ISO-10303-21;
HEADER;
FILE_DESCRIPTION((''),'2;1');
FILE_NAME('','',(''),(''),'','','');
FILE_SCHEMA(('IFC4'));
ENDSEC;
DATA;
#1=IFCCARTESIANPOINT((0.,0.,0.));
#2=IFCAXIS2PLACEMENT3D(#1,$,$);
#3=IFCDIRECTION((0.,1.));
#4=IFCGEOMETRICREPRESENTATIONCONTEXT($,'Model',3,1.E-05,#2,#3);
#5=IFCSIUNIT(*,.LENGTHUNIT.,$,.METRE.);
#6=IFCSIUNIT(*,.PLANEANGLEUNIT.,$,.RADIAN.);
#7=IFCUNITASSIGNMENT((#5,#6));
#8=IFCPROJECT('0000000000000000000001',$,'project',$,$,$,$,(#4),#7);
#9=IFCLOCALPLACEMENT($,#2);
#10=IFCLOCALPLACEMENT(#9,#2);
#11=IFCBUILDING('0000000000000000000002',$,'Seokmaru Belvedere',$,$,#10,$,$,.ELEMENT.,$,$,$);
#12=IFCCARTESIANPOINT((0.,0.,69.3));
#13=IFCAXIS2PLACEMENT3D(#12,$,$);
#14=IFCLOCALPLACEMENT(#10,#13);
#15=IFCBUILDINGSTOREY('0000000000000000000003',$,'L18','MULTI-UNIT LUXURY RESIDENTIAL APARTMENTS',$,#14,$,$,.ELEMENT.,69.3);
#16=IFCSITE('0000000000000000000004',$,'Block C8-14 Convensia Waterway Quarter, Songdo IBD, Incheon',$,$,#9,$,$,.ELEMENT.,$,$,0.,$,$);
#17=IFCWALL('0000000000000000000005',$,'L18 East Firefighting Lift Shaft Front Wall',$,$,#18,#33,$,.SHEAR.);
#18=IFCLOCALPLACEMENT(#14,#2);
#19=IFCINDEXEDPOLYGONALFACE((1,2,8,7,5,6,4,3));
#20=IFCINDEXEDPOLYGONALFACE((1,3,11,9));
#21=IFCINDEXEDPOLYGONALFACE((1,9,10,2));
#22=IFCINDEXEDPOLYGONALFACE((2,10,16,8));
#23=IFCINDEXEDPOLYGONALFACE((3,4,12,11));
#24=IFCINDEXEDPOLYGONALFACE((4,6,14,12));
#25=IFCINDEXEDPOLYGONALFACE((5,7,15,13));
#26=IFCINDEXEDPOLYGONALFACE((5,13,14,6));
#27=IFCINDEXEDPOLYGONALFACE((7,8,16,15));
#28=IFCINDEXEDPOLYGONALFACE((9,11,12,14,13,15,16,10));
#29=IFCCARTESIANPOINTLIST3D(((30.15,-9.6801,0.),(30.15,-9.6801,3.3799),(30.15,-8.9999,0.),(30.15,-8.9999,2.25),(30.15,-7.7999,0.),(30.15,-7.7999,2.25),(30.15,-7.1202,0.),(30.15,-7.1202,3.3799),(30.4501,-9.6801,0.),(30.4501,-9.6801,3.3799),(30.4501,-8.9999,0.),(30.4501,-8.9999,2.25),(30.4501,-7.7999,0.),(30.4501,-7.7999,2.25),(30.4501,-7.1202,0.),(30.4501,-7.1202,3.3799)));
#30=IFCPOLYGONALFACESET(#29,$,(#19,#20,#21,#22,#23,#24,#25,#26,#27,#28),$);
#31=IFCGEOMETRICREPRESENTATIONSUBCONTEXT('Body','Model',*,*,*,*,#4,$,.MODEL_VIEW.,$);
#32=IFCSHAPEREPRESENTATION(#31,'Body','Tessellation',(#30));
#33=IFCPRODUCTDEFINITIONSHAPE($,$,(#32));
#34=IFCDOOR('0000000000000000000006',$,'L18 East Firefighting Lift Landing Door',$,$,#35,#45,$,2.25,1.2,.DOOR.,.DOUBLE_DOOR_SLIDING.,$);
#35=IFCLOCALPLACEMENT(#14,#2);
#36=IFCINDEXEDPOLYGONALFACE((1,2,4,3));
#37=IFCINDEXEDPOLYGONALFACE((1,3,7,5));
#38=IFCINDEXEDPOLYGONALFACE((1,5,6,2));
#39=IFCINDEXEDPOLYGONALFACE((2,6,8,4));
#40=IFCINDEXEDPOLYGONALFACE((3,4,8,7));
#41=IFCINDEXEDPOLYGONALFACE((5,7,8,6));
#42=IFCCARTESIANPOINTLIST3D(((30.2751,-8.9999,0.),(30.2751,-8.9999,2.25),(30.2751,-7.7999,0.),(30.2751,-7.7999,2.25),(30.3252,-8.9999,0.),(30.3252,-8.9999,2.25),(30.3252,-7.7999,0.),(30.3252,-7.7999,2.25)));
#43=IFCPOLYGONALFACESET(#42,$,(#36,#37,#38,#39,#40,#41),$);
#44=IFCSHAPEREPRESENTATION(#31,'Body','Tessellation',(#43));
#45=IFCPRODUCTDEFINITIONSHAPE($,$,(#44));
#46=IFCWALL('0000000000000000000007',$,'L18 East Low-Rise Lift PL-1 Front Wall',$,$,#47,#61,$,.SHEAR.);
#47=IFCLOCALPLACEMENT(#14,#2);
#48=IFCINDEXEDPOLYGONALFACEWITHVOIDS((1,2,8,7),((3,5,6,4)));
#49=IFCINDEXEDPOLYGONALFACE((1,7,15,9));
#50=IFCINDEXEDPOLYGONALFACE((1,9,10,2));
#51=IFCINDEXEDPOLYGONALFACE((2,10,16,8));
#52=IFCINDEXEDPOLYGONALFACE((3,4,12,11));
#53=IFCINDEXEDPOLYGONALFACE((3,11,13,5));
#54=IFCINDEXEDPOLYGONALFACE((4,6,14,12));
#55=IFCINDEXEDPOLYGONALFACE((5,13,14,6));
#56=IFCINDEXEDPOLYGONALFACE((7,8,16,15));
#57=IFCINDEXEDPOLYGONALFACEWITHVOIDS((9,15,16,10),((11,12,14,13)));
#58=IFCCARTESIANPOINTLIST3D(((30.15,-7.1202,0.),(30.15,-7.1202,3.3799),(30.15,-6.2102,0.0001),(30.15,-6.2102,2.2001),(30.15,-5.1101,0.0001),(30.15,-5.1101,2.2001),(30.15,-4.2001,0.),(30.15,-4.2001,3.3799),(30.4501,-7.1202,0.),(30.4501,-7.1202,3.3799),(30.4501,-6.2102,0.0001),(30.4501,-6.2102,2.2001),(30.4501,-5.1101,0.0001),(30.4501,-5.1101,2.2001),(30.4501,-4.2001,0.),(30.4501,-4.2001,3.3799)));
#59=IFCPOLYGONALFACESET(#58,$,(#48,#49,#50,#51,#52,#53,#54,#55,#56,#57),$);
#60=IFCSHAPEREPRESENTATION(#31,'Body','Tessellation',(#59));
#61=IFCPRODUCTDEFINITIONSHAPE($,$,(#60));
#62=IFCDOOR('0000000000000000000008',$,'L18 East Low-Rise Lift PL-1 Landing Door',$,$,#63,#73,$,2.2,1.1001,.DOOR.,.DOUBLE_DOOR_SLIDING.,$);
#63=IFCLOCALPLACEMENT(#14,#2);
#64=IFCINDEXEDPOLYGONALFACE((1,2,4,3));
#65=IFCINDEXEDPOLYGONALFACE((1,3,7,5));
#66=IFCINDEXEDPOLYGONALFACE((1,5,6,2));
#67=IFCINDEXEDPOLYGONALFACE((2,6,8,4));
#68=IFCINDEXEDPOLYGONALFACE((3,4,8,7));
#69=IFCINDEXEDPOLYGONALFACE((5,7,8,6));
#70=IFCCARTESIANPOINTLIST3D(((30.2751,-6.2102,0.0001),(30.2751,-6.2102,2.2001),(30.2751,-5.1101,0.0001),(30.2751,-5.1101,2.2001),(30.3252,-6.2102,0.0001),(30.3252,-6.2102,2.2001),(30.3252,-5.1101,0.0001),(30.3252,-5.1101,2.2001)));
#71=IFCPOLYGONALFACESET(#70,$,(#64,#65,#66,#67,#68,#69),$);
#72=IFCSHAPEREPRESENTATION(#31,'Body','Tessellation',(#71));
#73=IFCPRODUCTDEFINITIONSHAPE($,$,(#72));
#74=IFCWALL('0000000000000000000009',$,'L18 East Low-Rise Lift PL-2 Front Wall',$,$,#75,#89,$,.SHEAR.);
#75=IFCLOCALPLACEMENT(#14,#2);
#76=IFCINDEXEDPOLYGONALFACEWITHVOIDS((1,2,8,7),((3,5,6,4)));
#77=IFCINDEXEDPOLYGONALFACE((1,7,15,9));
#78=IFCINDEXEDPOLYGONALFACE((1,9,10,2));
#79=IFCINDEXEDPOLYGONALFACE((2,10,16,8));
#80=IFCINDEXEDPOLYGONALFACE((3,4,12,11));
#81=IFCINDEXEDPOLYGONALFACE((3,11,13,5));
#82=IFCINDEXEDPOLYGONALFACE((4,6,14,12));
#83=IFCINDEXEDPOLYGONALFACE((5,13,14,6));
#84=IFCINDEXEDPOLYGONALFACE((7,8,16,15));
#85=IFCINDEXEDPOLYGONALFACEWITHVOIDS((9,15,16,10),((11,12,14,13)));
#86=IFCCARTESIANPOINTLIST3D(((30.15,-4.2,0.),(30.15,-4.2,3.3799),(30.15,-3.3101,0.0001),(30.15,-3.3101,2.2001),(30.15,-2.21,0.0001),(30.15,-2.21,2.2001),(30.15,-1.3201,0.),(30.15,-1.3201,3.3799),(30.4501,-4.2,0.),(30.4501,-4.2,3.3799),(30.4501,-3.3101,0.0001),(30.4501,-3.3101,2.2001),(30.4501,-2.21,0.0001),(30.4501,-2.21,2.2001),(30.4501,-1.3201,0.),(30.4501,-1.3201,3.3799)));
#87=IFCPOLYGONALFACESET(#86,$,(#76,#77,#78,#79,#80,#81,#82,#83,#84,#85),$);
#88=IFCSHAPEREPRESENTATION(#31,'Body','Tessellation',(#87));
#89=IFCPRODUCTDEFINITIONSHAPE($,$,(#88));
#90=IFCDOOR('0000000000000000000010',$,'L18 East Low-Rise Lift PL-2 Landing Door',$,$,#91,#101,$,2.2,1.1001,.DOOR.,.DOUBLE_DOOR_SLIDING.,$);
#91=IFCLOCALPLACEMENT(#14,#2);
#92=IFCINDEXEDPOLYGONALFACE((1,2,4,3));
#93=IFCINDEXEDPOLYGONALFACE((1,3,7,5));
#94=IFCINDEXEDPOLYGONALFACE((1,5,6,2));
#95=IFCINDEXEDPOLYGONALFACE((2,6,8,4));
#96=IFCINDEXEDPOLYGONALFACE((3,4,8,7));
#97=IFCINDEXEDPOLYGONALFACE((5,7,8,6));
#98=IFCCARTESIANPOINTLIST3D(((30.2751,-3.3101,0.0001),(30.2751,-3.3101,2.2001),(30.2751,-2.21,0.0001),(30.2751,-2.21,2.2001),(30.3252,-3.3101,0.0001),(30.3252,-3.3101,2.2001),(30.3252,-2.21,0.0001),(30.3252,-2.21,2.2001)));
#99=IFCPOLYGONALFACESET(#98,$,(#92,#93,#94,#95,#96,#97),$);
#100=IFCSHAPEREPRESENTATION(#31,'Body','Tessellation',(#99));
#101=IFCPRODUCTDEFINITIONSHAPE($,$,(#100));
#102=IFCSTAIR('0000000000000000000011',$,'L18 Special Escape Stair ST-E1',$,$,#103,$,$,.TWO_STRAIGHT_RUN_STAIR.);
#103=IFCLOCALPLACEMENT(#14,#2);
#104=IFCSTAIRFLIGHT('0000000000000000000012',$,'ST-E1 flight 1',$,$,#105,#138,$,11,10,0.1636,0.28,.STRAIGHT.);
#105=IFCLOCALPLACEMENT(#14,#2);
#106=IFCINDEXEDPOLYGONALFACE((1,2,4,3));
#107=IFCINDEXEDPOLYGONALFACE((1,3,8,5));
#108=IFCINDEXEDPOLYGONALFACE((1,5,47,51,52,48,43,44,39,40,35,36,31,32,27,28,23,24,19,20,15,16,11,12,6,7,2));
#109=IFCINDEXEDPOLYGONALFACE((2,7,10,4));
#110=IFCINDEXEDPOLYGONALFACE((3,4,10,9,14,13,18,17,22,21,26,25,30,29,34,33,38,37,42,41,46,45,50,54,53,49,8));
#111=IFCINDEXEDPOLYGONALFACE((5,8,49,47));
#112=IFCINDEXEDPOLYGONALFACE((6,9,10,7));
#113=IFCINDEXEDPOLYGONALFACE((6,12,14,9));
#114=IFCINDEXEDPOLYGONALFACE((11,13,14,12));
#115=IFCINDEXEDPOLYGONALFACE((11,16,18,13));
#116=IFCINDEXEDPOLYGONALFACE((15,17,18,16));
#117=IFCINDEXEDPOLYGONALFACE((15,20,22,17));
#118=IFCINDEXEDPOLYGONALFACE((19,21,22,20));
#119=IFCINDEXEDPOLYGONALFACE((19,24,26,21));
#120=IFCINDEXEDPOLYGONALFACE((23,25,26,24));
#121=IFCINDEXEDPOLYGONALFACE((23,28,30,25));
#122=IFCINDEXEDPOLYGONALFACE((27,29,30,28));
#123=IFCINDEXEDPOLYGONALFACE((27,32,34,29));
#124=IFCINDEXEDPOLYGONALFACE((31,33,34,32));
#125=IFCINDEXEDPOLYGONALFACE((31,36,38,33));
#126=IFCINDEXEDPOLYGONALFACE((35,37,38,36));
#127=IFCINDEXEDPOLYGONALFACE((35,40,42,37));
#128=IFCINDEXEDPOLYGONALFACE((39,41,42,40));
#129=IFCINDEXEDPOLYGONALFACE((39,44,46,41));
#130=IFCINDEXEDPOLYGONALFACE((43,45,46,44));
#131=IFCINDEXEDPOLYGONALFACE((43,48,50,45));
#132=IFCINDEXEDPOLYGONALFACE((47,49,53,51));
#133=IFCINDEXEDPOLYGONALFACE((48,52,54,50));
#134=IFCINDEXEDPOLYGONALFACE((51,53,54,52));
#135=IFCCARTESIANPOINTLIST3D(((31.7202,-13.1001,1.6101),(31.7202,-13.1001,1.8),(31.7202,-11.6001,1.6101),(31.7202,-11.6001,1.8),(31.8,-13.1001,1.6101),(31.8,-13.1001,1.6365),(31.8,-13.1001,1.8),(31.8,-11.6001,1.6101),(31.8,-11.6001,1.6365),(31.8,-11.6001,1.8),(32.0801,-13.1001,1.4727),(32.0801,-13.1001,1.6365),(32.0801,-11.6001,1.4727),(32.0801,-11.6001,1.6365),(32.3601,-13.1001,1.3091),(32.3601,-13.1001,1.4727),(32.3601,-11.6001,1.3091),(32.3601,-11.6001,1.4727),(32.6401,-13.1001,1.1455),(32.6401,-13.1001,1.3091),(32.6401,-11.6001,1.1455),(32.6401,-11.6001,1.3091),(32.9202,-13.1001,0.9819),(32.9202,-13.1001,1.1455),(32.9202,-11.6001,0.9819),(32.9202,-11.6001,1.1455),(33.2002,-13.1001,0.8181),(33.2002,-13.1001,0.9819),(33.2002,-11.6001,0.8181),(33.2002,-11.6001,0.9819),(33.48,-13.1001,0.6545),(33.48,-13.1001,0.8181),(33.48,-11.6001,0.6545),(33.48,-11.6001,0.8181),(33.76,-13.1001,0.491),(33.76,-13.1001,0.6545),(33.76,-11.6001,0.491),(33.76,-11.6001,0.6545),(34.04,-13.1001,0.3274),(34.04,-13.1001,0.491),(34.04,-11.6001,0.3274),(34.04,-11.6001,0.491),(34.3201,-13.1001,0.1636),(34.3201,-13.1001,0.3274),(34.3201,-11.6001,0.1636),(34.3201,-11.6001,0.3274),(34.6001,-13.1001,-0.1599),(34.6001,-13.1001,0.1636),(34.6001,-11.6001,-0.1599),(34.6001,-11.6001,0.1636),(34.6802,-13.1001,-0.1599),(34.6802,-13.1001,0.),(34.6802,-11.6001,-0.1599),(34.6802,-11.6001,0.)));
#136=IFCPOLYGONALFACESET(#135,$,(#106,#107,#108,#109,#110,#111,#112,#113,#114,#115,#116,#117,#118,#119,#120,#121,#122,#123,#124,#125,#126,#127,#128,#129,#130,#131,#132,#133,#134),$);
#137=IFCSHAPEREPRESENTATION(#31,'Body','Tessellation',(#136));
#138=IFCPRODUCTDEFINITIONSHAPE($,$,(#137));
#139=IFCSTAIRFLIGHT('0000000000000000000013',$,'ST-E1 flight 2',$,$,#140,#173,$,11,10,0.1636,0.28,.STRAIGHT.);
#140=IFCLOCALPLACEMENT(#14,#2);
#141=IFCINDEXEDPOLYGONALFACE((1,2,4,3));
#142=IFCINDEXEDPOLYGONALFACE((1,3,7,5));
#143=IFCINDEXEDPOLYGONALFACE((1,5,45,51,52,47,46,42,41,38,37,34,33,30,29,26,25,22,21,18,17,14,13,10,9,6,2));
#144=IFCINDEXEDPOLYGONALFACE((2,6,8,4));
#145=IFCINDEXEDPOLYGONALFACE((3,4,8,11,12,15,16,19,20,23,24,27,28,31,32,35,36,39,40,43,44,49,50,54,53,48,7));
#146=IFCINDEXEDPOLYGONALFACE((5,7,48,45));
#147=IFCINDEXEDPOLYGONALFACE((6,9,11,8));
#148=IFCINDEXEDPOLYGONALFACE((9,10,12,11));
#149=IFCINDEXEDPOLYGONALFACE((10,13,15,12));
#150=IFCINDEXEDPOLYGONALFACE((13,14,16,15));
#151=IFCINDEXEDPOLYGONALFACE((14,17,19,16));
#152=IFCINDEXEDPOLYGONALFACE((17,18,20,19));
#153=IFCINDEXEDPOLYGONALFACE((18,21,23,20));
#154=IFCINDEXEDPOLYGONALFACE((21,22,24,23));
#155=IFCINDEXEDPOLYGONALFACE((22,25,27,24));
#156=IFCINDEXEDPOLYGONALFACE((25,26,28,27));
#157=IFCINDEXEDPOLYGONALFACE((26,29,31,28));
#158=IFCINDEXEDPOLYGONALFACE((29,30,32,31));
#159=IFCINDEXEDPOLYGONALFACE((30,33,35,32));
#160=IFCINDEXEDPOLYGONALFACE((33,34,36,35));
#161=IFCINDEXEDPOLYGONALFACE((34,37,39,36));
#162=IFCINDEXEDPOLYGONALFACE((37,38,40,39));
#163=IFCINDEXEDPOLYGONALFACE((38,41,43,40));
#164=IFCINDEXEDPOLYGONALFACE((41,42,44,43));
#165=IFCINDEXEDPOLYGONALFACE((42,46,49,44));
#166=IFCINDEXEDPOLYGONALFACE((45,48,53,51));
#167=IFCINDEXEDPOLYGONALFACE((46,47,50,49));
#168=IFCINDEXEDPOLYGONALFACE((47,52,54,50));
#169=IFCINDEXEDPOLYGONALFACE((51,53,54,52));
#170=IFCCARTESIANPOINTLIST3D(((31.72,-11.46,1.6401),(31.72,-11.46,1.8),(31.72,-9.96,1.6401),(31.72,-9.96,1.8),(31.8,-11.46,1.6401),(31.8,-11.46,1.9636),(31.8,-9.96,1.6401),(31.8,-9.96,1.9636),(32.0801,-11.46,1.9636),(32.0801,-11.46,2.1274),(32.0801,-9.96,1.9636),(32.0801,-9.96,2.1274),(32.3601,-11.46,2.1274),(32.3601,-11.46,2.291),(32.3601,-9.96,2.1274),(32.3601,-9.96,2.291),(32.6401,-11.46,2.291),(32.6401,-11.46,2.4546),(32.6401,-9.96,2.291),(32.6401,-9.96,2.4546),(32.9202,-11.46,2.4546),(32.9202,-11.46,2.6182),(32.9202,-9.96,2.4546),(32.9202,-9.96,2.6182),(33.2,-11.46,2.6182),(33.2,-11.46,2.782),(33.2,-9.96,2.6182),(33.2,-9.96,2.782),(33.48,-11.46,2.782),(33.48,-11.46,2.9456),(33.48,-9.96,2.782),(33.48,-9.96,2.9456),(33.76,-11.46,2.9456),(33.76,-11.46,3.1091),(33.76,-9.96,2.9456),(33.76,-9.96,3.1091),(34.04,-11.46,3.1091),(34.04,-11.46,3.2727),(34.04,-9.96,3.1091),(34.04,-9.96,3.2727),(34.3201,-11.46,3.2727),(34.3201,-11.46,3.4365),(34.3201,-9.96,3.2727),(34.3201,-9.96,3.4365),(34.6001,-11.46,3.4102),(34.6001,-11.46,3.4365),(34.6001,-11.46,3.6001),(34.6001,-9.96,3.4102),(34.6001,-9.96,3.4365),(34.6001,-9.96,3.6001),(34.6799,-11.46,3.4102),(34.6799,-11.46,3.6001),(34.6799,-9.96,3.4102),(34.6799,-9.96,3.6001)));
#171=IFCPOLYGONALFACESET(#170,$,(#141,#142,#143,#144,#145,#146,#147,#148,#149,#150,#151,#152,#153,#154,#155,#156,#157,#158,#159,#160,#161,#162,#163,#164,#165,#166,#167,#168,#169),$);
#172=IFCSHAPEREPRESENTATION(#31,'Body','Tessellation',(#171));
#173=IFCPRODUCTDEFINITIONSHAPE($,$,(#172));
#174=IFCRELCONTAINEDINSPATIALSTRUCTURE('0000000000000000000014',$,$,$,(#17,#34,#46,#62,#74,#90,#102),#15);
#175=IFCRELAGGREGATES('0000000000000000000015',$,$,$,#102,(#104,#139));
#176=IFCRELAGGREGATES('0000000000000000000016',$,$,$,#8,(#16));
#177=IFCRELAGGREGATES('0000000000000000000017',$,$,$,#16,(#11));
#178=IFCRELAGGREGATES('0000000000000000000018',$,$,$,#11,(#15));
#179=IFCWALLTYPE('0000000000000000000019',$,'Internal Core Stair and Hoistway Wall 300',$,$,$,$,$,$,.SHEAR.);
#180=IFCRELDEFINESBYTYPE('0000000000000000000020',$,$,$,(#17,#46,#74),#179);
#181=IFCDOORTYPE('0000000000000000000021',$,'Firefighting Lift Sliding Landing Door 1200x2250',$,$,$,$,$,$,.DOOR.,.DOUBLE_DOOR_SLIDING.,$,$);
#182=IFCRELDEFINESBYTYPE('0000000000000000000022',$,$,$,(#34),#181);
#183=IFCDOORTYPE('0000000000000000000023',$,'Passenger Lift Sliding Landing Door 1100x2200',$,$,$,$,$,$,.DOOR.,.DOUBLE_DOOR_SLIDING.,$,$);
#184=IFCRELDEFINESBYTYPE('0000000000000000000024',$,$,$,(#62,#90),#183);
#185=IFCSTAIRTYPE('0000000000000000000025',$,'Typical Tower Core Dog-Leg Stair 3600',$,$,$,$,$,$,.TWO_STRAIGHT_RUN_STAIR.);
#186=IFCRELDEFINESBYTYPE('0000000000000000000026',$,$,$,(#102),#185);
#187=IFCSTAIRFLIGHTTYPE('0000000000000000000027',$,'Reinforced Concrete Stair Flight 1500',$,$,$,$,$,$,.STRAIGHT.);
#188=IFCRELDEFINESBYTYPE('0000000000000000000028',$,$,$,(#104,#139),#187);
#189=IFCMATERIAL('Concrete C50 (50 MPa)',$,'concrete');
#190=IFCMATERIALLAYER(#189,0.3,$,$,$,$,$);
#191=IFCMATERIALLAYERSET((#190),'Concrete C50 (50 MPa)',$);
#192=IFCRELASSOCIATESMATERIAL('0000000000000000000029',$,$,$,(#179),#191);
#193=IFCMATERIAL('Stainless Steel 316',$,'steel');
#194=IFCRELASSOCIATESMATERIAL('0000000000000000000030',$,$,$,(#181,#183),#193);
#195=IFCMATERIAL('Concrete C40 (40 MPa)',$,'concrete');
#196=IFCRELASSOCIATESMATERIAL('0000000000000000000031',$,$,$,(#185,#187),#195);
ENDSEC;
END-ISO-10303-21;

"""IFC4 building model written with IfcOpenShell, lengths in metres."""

from ifc_helpers import new_model, si_unit, direction, frame, frame_2d, origin, place, context, subcontext, project, spatial, polyline, rectangle, outline, extrude, source, transform, mapped, material, layer, layer_set, type_object, type_shapes, element, fill, aggregate, save


model = new_model("IFC4")

# Units and contexts
model_context = context("Model", 3, precision=1e-05, world=origin(), true_north=direction((0.0, 1.0)))
body_context = subcontext(model_context, "Body", "Model", "MODEL_VIEW")
ifc_project = project(units=[si_unit("LENGTHUNIT", "METRE"), si_unit("PLANEANGLEUNIT", "RADIAN")], contexts=[model_context])

# Site, building, storey
site_placement = place(None, origin())
site = spatial("IfcSite", under=ifc_project, at=site_placement, Name="Block C8-14 Convensia Waterway Quarter, Songdo IBD, Incheon", CompositionType="ELEMENT", RefElevation=0.0)
building_placement = place(site_placement, origin())
building = spatial("IfcBuilding", under=site, at=building_placement, Name="Seokmaru Belvedere", CompositionType="ELEMENT")
storey_placement = place(building_placement, frame((0.0, 0.0, 69.3)))
storey = spatial("IfcBuildingStorey", under=building, at=storey_placement, Name="L18", Description="MULTI-UNIT LUXURY RESIDENTIAL APARTMENTS", CompositionType="ELEMENT", Elevation=69.3)

# Walls, openings, doors
ifc_material_1 = material(Name="Concrete C50 (50 MPa)", Category="concrete")
ifc_layer_1 = layer(ifc_material_1, 0.3)
ifc_layer_set_1 = layer_set([ifc_layer_1], Name="Concrete C50 (50 MPa)")
wall_type_1 = type_object("IfcWallType", Name="Internal Core Stair and Hoistway Wall 300", PredefinedType="SHEAR", material=ifc_layer_set_1)
wall_1_placement = place(storey_placement, frame((30.3, -9.6799, 0.0), z_axis=(0.0, 0.0, 1.0), x_axis=(0.0, 1.0, 0.0)))
wall_1 = element("IfcWall", 1, at=wall_1_placement, inside=storey, type_object=wall_type_1, Name="L18 East Firefighting Lift Shaft Front Wall", PredefinedType="SHEAR", context=body_context, shape_type="SweptSolid", body=[
    extrude(rectangle(XDim=2.5598, YDim=0.3, at=frame_2d((1.2798, 0.0))), origin(), (0.0, 0.0, 1.0), 3.3799),
])
opening_1_placement = place(wall_1_placement, frame((0.6799, 0.0, 0.0)))
opening_1 = element("IfcOpeningElement", 2, at=opening_1_placement, cuts=wall_1, PredefinedType="OPENING", context=body_context, shape_type="SweptSolid", body=[
    extrude(rectangle(XDim=1.2, YDim=2.25, at=frame_2d((0.6001, 1.125))), frame((0.0, 0.1602, 0.0), z_axis=(0.0, -1.0, 0.0), x_axis=(1.0, 0.0, 0.0)), (0.0, 0.0, 1.0), 0.3201),
])
ifc_material_2 = material(Name="Stainless Steel 316", Category="steel")
door_type_1 = type_object("IfcDoorType", Name="Firefighting Lift Sliding Landing Door 1200x2250", OperationType="DOUBLE_DOOR_SLIDING", PredefinedType="DOOR", material=ifc_material_2)
shared_shape_1 = source(origin(), body_context, "Body", "SweptSolid", [
    extrude(rectangle(XDim=1.2, YDim=2.25, at=frame_2d((0.6001, 1.125))), frame((0.0, 0.0249, 0.0), z_axis=(0.0, -1.0, 0.0), x_axis=(1.0, 0.0, 0.0)), (0.0, 0.0, 1.0), 0.05),
])
type_shapes(door_type_1, [shared_shape_1])
door_1_placement = place(opening_1_placement, origin())
door_1 = element("IfcDoor", 3, at=door_1_placement, inside=storey, type_object=door_type_1, Name="L18 East Firefighting Lift Landing Door", OperationType="DOUBLE_DOOR_SLIDING", OverallHeight=2.25, OverallWidth=1.2, PredefinedType="DOOR", context=body_context, shape_type="MappedRepresentation", body=[
    mapped(shared_shape_1, transform((0.0, 0.0, 0.0), scale=1.0)),
])
fill(opening_1, door_1)
wall_2_placement = place(storey_placement, frame((30.3, -7.1201, 0.0), z_axis=(0.0, 0.0, 1.0), x_axis=(0.0, 1.0, 0.0)))
wall_2 = element("IfcWall", 4, at=wall_2_placement, inside=storey, type_object=wall_type_1, Name="L18 East Low-Rise Lift PL-1 Front Wall", PredefinedType="SHEAR", context=body_context, shape_type="SweptSolid", body=[
    extrude(rectangle(XDim=2.9202, YDim=0.3, at=frame_2d((1.46, 0.0))), origin(), (0.0, 0.0, 1.0), 3.3799),
])
opening_2_placement = place(wall_2_placement, frame((0.9099, 0.0, 0.0)))
opening_2 = element("IfcOpeningElement", 5, at=opening_2_placement, cuts=wall_2, PredefinedType="OPENING", context=body_context, shape_type="SweptSolid", body=[
    extrude(rectangle(XDim=1.1001, YDim=2.2, at=frame_2d((0.55, 1.1001))), frame((0.0, 0.1602, 0.0), z_axis=(0.0, -1.0, 0.0), x_axis=(1.0, 0.0, 0.0)), (0.0, 0.0, 1.0), 0.3201),
])
door_type_2 = type_object("IfcDoorType", Name="Passenger Lift Sliding Landing Door 1100x2200", OperationType="DOUBLE_DOOR_SLIDING", PredefinedType="DOOR", material=ifc_material_2)
shared_shape_2 = source(origin(), body_context, "Body", "SweptSolid", [
    extrude(rectangle(XDim=1.1001, YDim=2.2, at=frame_2d((0.55, 1.1001))), frame((0.0, 0.0249, 0.0), z_axis=(0.0, -1.0, 0.0), x_axis=(1.0, 0.0, 0.0)), (0.0, 0.0, 1.0), 0.05),
])
type_shapes(door_type_2, [shared_shape_2])
door_2_placement = place(opening_2_placement, origin())
door_2 = element("IfcDoor", 6, at=door_2_placement, inside=storey, type_object=door_type_2, Name="L18 East Low-Rise Lift PL-1 Landing Door", OperationType="DOUBLE_DOOR_SLIDING", OverallHeight=2.2, OverallWidth=1.1001, PredefinedType="DOOR", context=body_context, shape_type="MappedRepresentation", body=[
    mapped(shared_shape_2, transform((0.0, 0.0, 0.0), scale=1.0)),
])
fill(opening_2, door_2)
wall_3_placement = place(storey_placement, frame((30.3, -4.2, 0.0), z_axis=(0.0, 0.0, 1.0), x_axis=(0.0, 1.0, 0.0)))
wall_3 = element("IfcWall", 7, at=wall_3_placement, inside=storey, type_object=wall_type_1, Name="L18 East Low-Rise Lift PL-2 Front Wall", PredefinedType="SHEAR", context=body_context, shape_type="SweptSolid", body=[
    extrude(rectangle(XDim=2.8799, YDim=0.3, at=frame_2d((1.4399, 0.0))), origin(), (0.0, 0.0, 1.0), 3.3799),
])
opening_3_placement = place(wall_3_placement, frame((0.8899, 0.0, 0.0)))
opening_3 = element("IfcOpeningElement", 8, at=opening_3_placement, cuts=wall_3, PredefinedType="OPENING", context=body_context, shape_type="SweptSolid", body=[
    extrude(rectangle(XDim=1.1001, YDim=2.2, at=frame_2d((0.55, 1.1001))), frame((0.0, 0.1602, 0.0), z_axis=(0.0, -1.0, 0.0), x_axis=(1.0, 0.0, 0.0)), (0.0, 0.0, 1.0), 0.3201),
])
door_3_placement = place(opening_3_placement, origin())
door_3 = element("IfcDoor", 9, at=door_3_placement, inside=storey, type_object=door_type_2, Name="L18 East Low-Rise Lift PL-2 Landing Door", OperationType="DOUBLE_DOOR_SLIDING", OverallHeight=2.2, OverallWidth=1.1001, PredefinedType="DOOR", context=body_context, shape_type="MappedRepresentation", body=[
    mapped(shared_shape_2, transform((0.0, 0.0, 0.0), scale=1.0)),
])
fill(opening_3, door_3)

# Stair, stair flights
ifc_material_3 = material(Name="Concrete C40 (40 MPa)", Category="concrete")
stair_type = type_object("IfcStairType", Name="Typical Tower Core Dog-Leg Stair 3600", PredefinedType="TWO_STRAIGHT_RUN_STAIR", material=ifc_material_3)
stair_placement = place(storey_placement, origin())
stair = element("IfcStair", 10, at=stair_placement, inside=storey, type_object=stair_type, Name="L18 Special Escape Stair ST-E1", PredefinedType="TWO_STRAIGHT_RUN_STAIR")
stair_flight_type = type_object("IfcStairFlightType", Name="Reinforced Concrete Stair Flight 1500", PredefinedType="STRAIGHT", material=ifc_material_3)
stair_flight_1_placement = place(storey_placement, frame((34.6001, -12.3501, 0.0), z_axis=(0.0, 0.0, 1.0), x_axis=(-1.0, 0.0, 0.0)))
stair_flight_1 = element("IfcStairFlight", 11, at=stair_flight_1_placement, type_object=stair_flight_type, Name="ST-E1 flight 1", NumberOfRisers=11, NumberOfTreads=10, PredefinedType="STRAIGHT", RiserHeight=0.1636, TreadLength=0.28, context=body_context, shape_type="SweptSolid", body=[
    extrude(outline(polyline([(-0.0801, 0.0), (0.0, 0.1636), (0.28, 0.1636), (0.28, 0.3274), (0.5601, 0.3274), (0.5601, 0.491), (0.8401, 0.491), (0.8401, 0.6545), (1.1201, 0.6545), (1.1201, 0.8181), (1.3999, 0.8181), (1.3999, 0.9819), (1.6799, 0.9819), (1.6799, 1.1455), (1.96, 1.1455), (1.96, 1.3091), (2.24, 1.3091), (2.24, 1.4727), (2.52, 1.4727), (2.52, 1.6365), (2.8, 1.6365), (2.8, 1.8), (2.8799, 1.8), (2.8799, 1.6101), (2.8, 1.6101), (0.0, -0.1599), (-0.0801, -0.1599), (-0.0801, 0.0)])), frame((0.0, 0.75, 0.0), z_axis=(0.0, -1.0, 0.0), x_axis=(1.0, 0.0, 0.0)), (0.0, 0.0, 1.0), 1.5),
])
stair_flight_2_placement = place(storey_placement, frame((31.8, -10.71, 1.8), z_axis=(0.0, 0.0, 1.0), x_axis=(1.0, 0.0, 0.0)))
stair_flight_2 = element("IfcStairFlight", 12, at=stair_flight_2_placement, type_object=stair_flight_type, Name="ST-E1 flight 2", NumberOfRisers=11, NumberOfTreads=10, PredefinedType="STRAIGHT", RiserHeight=0.1636, TreadLength=0.28, context=body_context, shape_type="SweptSolid", body=[
    extrude(outline(polyline([(-0.0801, 0.0), (0.0, 0.1636), (0.28, 0.1636), (0.28, 0.3274), (0.5601, 0.3274), (0.5601, 0.491), (0.8401, 0.491), (0.8401, 0.6545), (1.1201, 0.6545), (1.1201, 0.8181), (1.3999, 0.8181), (1.3999, 0.9819), (1.6799, 0.9819), (1.6799, 1.1455), (1.96, 1.1455), (1.96, 1.3091), (2.24, 1.3091), (2.24, 1.4727), (2.52, 1.4727), (2.52, 1.6365), (2.8, 1.6365), (2.8, 1.8), (2.8799, 1.8), (2.8799, 1.6101), (2.8, 1.6101), (0.0, -0.1599), (-0.0801, -0.1599), (-0.0801, 0.0)])), frame((0.0, 0.75, 0.0), z_axis=(0.0, -1.0, 0.0), x_axis=(1.0, 0.0, 0.0)), (0.0, 0.0, 1.0), 1.5),
])
aggregate(stair, [stair_flight_1, stair_flight_2])

save(model, "model.ifc")
